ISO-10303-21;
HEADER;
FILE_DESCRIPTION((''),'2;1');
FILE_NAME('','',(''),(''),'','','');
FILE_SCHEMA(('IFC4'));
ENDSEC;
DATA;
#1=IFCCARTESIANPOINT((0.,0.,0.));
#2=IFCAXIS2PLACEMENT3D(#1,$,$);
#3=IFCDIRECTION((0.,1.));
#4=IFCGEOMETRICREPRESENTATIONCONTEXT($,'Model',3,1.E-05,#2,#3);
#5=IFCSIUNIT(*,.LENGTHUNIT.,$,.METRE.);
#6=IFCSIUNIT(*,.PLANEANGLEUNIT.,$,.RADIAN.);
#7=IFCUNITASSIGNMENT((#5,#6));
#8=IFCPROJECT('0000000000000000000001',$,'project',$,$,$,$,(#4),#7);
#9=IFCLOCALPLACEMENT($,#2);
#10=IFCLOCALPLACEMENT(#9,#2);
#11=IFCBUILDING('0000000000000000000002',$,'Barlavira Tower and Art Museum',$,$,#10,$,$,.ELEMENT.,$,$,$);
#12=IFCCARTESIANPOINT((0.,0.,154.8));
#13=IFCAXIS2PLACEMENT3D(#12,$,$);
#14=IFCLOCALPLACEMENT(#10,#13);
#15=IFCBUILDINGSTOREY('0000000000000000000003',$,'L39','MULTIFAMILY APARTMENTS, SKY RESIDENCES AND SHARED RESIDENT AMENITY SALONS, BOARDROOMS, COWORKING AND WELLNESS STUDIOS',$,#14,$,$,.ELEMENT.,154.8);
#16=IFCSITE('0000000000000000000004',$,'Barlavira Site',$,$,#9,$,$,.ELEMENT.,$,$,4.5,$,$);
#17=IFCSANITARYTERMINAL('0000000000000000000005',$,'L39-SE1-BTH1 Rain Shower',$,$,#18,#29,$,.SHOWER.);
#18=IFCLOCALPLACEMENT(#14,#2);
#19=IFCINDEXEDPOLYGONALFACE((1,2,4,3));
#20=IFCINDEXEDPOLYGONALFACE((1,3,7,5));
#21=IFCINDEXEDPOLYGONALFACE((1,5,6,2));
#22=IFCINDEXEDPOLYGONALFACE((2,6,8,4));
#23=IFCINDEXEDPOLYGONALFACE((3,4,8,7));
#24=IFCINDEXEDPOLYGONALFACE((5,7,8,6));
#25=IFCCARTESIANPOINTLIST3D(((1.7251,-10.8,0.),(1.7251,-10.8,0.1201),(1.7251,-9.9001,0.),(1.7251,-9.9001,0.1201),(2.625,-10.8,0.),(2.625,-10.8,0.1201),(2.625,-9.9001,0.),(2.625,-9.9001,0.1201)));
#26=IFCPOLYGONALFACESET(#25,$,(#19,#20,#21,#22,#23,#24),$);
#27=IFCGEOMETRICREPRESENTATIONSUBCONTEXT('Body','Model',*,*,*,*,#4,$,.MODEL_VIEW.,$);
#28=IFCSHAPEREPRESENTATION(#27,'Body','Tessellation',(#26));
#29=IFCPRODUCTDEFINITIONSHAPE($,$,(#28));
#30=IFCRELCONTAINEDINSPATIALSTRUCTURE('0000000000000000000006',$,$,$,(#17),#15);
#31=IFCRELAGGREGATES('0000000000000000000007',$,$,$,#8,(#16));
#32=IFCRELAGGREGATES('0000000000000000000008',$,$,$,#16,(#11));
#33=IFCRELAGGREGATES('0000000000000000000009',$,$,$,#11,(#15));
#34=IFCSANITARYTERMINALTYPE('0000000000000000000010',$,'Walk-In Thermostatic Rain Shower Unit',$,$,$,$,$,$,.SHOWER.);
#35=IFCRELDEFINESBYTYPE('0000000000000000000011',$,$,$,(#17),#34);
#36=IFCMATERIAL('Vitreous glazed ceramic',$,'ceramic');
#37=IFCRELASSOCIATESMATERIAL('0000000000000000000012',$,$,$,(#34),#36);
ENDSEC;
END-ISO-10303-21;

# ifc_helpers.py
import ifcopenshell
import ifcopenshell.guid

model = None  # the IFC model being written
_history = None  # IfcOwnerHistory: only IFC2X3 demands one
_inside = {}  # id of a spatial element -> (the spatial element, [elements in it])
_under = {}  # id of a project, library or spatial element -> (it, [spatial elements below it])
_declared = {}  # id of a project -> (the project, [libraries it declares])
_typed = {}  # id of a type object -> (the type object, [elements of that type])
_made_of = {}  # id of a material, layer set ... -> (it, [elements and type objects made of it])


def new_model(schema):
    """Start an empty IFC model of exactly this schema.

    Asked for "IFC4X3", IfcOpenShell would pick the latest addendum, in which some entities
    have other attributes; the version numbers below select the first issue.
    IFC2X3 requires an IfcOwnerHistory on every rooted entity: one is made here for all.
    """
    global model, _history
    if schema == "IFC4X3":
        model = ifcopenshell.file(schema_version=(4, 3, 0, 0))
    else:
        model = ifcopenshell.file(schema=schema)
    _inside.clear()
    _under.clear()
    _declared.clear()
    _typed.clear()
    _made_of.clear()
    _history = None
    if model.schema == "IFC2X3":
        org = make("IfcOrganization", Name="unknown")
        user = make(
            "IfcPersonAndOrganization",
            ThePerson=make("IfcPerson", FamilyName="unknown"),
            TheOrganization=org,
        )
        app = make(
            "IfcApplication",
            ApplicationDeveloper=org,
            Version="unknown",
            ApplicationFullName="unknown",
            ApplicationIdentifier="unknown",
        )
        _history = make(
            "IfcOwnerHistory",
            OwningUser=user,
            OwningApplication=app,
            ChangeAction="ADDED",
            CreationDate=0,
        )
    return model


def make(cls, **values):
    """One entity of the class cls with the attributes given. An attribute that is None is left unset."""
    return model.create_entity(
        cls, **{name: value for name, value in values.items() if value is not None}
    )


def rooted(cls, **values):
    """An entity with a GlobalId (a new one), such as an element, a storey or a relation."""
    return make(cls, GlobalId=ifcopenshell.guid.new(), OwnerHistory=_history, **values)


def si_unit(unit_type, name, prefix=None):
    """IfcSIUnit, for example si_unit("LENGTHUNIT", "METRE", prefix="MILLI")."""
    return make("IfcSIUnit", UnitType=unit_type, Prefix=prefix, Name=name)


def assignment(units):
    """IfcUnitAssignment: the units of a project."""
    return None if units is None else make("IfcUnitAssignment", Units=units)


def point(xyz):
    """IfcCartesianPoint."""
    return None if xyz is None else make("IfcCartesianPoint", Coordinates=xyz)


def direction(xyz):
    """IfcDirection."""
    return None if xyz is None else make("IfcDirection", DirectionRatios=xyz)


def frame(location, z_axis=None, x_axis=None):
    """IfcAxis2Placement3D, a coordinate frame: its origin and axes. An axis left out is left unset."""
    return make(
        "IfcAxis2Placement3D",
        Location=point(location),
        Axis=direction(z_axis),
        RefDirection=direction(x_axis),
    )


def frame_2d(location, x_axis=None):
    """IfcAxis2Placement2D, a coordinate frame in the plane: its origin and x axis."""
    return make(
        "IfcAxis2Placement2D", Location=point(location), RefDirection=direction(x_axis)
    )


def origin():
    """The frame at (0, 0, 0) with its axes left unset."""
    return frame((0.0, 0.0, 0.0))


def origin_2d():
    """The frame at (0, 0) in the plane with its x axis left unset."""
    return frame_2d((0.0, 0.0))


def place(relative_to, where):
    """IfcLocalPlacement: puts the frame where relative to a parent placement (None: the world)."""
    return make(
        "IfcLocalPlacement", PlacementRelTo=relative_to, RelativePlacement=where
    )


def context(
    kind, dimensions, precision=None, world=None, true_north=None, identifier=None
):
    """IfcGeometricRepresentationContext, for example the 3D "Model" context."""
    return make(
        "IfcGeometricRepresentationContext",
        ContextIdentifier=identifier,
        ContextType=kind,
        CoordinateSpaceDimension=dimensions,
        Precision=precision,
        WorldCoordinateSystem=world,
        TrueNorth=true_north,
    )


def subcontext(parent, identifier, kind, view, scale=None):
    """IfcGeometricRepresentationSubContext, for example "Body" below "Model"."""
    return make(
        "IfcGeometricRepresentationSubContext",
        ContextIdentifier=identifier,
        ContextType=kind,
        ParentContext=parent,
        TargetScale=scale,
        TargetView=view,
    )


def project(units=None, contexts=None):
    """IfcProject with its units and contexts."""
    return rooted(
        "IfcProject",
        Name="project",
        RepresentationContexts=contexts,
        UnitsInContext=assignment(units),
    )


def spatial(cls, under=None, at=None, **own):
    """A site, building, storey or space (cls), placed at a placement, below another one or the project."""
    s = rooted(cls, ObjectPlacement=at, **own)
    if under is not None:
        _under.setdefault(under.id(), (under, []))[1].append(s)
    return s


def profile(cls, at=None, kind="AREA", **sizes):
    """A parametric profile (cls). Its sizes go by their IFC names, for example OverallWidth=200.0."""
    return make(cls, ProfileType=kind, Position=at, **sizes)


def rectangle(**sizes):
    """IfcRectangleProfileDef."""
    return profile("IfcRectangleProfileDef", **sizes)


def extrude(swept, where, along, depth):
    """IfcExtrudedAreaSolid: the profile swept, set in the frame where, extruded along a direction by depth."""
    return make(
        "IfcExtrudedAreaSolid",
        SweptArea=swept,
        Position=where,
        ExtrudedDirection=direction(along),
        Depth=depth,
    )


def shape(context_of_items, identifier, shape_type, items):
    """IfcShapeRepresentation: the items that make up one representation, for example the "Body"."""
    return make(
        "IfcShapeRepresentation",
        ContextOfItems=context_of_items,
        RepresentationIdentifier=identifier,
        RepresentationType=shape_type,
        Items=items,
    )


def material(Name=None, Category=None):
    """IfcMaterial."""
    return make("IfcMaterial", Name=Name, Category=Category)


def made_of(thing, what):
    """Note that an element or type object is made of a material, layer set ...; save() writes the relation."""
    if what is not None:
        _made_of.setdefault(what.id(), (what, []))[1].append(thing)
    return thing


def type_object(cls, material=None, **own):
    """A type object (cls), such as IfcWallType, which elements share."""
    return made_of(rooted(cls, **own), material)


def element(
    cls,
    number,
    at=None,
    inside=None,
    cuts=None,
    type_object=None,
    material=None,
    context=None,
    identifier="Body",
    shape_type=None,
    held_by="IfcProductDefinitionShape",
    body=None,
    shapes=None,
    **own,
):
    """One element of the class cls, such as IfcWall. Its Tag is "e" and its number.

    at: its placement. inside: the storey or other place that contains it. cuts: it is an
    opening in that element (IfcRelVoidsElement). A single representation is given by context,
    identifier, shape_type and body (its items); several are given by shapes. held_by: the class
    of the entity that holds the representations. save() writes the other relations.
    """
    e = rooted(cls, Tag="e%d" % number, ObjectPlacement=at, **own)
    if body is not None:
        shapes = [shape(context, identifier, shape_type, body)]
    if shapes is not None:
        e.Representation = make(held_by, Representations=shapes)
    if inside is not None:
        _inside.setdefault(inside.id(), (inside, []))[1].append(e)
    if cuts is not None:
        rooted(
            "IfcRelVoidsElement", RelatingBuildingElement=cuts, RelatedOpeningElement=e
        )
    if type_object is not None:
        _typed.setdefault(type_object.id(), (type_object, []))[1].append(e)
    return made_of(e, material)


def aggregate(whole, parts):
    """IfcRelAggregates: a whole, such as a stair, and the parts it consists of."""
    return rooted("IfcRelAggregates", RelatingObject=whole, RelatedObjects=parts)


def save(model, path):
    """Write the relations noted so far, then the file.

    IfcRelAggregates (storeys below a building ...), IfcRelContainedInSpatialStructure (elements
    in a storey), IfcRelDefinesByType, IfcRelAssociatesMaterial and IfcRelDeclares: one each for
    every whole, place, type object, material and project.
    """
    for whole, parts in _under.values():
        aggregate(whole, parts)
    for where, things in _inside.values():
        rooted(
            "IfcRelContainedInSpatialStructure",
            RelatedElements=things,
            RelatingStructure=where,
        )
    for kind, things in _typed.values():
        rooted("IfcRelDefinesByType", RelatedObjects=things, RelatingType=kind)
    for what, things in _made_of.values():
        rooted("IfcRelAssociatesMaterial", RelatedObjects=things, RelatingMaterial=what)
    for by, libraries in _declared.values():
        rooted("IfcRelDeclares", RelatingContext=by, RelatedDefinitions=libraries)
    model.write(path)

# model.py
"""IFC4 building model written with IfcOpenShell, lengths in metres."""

from ifc_helpers import new_model, si_unit, direction, frame, origin, origin_2d, place, context, subcontext, project, spatial, rectangle, extrude, material, type_object, element, save


model = new_model("IFC4")

# Units and contexts
model_context = context("Model", 3, precision=1e-05, world=origin(), true_north=direction((0.0, 1.0)))
body_context = subcontext(model_context, "Body", "Model", "MODEL_VIEW")
ifc_project = project(units=[si_unit("LENGTHUNIT", "METRE"), si_unit("PLANEANGLEUNIT", "RADIAN")], contexts=[model_context])

# Site, building, storey
site_placement = place(None, origin())
site = spatial("IfcSite", under=ifc_project, at=site_placement, Name="Barlavira Site", CompositionType="ELEMENT", RefElevation=4.5)
building_placement = place(site_placement, origin())
building = spatial("IfcBuilding", under=site, at=building_placement, Name="Barlavira Tower and Art Museum", CompositionType="ELEMENT")
storey_placement = place(building_placement, frame((0.0, 0.0, 154.8)))
storey = spatial("IfcBuildingStorey", under=building, at=storey_placement, Name="L39", Description="MULTIFAMILY APARTMENTS, SKY RESIDENCES AND SHARED RESIDENT AMENITY SALONS, BOARDROOMS, COWORKING AND WELLNESS STUDIOS", CompositionType="ELEMENT", Elevation=154.8)

# Sanitary terminal
ifc_material_1 = material(Name="Vitreous glazed ceramic", Category="ceramic")
sanitary_terminal_type = type_object("IfcSanitaryTerminalType", Name="Walk-In Thermostatic Rain Shower Unit", PredefinedType="SHOWER", material=ifc_material_1)
sanitary_terminal_placement = place(storey_placement, frame((2.175, -10.3501, 0.0), z_axis=(0.0, 0.0, 1.0), x_axis=(1.0, 0.0, 0.0)))
element("IfcSanitaryTerminal", 1, at=sanitary_terminal_placement, inside=storey, type_object=sanitary_terminal_type, Name="L39-SE1-BTH1 Rain Shower", PredefinedType="SHOWER", context=body_context, shape_type="SweptSolid", body=[
    extrude(rectangle(XDim=0.8999, YDim=0.8999, at=origin_2d()), origin(), (0.0, 0.0, 1.0), 0.1201),
])

save(model, "model.ifc")
